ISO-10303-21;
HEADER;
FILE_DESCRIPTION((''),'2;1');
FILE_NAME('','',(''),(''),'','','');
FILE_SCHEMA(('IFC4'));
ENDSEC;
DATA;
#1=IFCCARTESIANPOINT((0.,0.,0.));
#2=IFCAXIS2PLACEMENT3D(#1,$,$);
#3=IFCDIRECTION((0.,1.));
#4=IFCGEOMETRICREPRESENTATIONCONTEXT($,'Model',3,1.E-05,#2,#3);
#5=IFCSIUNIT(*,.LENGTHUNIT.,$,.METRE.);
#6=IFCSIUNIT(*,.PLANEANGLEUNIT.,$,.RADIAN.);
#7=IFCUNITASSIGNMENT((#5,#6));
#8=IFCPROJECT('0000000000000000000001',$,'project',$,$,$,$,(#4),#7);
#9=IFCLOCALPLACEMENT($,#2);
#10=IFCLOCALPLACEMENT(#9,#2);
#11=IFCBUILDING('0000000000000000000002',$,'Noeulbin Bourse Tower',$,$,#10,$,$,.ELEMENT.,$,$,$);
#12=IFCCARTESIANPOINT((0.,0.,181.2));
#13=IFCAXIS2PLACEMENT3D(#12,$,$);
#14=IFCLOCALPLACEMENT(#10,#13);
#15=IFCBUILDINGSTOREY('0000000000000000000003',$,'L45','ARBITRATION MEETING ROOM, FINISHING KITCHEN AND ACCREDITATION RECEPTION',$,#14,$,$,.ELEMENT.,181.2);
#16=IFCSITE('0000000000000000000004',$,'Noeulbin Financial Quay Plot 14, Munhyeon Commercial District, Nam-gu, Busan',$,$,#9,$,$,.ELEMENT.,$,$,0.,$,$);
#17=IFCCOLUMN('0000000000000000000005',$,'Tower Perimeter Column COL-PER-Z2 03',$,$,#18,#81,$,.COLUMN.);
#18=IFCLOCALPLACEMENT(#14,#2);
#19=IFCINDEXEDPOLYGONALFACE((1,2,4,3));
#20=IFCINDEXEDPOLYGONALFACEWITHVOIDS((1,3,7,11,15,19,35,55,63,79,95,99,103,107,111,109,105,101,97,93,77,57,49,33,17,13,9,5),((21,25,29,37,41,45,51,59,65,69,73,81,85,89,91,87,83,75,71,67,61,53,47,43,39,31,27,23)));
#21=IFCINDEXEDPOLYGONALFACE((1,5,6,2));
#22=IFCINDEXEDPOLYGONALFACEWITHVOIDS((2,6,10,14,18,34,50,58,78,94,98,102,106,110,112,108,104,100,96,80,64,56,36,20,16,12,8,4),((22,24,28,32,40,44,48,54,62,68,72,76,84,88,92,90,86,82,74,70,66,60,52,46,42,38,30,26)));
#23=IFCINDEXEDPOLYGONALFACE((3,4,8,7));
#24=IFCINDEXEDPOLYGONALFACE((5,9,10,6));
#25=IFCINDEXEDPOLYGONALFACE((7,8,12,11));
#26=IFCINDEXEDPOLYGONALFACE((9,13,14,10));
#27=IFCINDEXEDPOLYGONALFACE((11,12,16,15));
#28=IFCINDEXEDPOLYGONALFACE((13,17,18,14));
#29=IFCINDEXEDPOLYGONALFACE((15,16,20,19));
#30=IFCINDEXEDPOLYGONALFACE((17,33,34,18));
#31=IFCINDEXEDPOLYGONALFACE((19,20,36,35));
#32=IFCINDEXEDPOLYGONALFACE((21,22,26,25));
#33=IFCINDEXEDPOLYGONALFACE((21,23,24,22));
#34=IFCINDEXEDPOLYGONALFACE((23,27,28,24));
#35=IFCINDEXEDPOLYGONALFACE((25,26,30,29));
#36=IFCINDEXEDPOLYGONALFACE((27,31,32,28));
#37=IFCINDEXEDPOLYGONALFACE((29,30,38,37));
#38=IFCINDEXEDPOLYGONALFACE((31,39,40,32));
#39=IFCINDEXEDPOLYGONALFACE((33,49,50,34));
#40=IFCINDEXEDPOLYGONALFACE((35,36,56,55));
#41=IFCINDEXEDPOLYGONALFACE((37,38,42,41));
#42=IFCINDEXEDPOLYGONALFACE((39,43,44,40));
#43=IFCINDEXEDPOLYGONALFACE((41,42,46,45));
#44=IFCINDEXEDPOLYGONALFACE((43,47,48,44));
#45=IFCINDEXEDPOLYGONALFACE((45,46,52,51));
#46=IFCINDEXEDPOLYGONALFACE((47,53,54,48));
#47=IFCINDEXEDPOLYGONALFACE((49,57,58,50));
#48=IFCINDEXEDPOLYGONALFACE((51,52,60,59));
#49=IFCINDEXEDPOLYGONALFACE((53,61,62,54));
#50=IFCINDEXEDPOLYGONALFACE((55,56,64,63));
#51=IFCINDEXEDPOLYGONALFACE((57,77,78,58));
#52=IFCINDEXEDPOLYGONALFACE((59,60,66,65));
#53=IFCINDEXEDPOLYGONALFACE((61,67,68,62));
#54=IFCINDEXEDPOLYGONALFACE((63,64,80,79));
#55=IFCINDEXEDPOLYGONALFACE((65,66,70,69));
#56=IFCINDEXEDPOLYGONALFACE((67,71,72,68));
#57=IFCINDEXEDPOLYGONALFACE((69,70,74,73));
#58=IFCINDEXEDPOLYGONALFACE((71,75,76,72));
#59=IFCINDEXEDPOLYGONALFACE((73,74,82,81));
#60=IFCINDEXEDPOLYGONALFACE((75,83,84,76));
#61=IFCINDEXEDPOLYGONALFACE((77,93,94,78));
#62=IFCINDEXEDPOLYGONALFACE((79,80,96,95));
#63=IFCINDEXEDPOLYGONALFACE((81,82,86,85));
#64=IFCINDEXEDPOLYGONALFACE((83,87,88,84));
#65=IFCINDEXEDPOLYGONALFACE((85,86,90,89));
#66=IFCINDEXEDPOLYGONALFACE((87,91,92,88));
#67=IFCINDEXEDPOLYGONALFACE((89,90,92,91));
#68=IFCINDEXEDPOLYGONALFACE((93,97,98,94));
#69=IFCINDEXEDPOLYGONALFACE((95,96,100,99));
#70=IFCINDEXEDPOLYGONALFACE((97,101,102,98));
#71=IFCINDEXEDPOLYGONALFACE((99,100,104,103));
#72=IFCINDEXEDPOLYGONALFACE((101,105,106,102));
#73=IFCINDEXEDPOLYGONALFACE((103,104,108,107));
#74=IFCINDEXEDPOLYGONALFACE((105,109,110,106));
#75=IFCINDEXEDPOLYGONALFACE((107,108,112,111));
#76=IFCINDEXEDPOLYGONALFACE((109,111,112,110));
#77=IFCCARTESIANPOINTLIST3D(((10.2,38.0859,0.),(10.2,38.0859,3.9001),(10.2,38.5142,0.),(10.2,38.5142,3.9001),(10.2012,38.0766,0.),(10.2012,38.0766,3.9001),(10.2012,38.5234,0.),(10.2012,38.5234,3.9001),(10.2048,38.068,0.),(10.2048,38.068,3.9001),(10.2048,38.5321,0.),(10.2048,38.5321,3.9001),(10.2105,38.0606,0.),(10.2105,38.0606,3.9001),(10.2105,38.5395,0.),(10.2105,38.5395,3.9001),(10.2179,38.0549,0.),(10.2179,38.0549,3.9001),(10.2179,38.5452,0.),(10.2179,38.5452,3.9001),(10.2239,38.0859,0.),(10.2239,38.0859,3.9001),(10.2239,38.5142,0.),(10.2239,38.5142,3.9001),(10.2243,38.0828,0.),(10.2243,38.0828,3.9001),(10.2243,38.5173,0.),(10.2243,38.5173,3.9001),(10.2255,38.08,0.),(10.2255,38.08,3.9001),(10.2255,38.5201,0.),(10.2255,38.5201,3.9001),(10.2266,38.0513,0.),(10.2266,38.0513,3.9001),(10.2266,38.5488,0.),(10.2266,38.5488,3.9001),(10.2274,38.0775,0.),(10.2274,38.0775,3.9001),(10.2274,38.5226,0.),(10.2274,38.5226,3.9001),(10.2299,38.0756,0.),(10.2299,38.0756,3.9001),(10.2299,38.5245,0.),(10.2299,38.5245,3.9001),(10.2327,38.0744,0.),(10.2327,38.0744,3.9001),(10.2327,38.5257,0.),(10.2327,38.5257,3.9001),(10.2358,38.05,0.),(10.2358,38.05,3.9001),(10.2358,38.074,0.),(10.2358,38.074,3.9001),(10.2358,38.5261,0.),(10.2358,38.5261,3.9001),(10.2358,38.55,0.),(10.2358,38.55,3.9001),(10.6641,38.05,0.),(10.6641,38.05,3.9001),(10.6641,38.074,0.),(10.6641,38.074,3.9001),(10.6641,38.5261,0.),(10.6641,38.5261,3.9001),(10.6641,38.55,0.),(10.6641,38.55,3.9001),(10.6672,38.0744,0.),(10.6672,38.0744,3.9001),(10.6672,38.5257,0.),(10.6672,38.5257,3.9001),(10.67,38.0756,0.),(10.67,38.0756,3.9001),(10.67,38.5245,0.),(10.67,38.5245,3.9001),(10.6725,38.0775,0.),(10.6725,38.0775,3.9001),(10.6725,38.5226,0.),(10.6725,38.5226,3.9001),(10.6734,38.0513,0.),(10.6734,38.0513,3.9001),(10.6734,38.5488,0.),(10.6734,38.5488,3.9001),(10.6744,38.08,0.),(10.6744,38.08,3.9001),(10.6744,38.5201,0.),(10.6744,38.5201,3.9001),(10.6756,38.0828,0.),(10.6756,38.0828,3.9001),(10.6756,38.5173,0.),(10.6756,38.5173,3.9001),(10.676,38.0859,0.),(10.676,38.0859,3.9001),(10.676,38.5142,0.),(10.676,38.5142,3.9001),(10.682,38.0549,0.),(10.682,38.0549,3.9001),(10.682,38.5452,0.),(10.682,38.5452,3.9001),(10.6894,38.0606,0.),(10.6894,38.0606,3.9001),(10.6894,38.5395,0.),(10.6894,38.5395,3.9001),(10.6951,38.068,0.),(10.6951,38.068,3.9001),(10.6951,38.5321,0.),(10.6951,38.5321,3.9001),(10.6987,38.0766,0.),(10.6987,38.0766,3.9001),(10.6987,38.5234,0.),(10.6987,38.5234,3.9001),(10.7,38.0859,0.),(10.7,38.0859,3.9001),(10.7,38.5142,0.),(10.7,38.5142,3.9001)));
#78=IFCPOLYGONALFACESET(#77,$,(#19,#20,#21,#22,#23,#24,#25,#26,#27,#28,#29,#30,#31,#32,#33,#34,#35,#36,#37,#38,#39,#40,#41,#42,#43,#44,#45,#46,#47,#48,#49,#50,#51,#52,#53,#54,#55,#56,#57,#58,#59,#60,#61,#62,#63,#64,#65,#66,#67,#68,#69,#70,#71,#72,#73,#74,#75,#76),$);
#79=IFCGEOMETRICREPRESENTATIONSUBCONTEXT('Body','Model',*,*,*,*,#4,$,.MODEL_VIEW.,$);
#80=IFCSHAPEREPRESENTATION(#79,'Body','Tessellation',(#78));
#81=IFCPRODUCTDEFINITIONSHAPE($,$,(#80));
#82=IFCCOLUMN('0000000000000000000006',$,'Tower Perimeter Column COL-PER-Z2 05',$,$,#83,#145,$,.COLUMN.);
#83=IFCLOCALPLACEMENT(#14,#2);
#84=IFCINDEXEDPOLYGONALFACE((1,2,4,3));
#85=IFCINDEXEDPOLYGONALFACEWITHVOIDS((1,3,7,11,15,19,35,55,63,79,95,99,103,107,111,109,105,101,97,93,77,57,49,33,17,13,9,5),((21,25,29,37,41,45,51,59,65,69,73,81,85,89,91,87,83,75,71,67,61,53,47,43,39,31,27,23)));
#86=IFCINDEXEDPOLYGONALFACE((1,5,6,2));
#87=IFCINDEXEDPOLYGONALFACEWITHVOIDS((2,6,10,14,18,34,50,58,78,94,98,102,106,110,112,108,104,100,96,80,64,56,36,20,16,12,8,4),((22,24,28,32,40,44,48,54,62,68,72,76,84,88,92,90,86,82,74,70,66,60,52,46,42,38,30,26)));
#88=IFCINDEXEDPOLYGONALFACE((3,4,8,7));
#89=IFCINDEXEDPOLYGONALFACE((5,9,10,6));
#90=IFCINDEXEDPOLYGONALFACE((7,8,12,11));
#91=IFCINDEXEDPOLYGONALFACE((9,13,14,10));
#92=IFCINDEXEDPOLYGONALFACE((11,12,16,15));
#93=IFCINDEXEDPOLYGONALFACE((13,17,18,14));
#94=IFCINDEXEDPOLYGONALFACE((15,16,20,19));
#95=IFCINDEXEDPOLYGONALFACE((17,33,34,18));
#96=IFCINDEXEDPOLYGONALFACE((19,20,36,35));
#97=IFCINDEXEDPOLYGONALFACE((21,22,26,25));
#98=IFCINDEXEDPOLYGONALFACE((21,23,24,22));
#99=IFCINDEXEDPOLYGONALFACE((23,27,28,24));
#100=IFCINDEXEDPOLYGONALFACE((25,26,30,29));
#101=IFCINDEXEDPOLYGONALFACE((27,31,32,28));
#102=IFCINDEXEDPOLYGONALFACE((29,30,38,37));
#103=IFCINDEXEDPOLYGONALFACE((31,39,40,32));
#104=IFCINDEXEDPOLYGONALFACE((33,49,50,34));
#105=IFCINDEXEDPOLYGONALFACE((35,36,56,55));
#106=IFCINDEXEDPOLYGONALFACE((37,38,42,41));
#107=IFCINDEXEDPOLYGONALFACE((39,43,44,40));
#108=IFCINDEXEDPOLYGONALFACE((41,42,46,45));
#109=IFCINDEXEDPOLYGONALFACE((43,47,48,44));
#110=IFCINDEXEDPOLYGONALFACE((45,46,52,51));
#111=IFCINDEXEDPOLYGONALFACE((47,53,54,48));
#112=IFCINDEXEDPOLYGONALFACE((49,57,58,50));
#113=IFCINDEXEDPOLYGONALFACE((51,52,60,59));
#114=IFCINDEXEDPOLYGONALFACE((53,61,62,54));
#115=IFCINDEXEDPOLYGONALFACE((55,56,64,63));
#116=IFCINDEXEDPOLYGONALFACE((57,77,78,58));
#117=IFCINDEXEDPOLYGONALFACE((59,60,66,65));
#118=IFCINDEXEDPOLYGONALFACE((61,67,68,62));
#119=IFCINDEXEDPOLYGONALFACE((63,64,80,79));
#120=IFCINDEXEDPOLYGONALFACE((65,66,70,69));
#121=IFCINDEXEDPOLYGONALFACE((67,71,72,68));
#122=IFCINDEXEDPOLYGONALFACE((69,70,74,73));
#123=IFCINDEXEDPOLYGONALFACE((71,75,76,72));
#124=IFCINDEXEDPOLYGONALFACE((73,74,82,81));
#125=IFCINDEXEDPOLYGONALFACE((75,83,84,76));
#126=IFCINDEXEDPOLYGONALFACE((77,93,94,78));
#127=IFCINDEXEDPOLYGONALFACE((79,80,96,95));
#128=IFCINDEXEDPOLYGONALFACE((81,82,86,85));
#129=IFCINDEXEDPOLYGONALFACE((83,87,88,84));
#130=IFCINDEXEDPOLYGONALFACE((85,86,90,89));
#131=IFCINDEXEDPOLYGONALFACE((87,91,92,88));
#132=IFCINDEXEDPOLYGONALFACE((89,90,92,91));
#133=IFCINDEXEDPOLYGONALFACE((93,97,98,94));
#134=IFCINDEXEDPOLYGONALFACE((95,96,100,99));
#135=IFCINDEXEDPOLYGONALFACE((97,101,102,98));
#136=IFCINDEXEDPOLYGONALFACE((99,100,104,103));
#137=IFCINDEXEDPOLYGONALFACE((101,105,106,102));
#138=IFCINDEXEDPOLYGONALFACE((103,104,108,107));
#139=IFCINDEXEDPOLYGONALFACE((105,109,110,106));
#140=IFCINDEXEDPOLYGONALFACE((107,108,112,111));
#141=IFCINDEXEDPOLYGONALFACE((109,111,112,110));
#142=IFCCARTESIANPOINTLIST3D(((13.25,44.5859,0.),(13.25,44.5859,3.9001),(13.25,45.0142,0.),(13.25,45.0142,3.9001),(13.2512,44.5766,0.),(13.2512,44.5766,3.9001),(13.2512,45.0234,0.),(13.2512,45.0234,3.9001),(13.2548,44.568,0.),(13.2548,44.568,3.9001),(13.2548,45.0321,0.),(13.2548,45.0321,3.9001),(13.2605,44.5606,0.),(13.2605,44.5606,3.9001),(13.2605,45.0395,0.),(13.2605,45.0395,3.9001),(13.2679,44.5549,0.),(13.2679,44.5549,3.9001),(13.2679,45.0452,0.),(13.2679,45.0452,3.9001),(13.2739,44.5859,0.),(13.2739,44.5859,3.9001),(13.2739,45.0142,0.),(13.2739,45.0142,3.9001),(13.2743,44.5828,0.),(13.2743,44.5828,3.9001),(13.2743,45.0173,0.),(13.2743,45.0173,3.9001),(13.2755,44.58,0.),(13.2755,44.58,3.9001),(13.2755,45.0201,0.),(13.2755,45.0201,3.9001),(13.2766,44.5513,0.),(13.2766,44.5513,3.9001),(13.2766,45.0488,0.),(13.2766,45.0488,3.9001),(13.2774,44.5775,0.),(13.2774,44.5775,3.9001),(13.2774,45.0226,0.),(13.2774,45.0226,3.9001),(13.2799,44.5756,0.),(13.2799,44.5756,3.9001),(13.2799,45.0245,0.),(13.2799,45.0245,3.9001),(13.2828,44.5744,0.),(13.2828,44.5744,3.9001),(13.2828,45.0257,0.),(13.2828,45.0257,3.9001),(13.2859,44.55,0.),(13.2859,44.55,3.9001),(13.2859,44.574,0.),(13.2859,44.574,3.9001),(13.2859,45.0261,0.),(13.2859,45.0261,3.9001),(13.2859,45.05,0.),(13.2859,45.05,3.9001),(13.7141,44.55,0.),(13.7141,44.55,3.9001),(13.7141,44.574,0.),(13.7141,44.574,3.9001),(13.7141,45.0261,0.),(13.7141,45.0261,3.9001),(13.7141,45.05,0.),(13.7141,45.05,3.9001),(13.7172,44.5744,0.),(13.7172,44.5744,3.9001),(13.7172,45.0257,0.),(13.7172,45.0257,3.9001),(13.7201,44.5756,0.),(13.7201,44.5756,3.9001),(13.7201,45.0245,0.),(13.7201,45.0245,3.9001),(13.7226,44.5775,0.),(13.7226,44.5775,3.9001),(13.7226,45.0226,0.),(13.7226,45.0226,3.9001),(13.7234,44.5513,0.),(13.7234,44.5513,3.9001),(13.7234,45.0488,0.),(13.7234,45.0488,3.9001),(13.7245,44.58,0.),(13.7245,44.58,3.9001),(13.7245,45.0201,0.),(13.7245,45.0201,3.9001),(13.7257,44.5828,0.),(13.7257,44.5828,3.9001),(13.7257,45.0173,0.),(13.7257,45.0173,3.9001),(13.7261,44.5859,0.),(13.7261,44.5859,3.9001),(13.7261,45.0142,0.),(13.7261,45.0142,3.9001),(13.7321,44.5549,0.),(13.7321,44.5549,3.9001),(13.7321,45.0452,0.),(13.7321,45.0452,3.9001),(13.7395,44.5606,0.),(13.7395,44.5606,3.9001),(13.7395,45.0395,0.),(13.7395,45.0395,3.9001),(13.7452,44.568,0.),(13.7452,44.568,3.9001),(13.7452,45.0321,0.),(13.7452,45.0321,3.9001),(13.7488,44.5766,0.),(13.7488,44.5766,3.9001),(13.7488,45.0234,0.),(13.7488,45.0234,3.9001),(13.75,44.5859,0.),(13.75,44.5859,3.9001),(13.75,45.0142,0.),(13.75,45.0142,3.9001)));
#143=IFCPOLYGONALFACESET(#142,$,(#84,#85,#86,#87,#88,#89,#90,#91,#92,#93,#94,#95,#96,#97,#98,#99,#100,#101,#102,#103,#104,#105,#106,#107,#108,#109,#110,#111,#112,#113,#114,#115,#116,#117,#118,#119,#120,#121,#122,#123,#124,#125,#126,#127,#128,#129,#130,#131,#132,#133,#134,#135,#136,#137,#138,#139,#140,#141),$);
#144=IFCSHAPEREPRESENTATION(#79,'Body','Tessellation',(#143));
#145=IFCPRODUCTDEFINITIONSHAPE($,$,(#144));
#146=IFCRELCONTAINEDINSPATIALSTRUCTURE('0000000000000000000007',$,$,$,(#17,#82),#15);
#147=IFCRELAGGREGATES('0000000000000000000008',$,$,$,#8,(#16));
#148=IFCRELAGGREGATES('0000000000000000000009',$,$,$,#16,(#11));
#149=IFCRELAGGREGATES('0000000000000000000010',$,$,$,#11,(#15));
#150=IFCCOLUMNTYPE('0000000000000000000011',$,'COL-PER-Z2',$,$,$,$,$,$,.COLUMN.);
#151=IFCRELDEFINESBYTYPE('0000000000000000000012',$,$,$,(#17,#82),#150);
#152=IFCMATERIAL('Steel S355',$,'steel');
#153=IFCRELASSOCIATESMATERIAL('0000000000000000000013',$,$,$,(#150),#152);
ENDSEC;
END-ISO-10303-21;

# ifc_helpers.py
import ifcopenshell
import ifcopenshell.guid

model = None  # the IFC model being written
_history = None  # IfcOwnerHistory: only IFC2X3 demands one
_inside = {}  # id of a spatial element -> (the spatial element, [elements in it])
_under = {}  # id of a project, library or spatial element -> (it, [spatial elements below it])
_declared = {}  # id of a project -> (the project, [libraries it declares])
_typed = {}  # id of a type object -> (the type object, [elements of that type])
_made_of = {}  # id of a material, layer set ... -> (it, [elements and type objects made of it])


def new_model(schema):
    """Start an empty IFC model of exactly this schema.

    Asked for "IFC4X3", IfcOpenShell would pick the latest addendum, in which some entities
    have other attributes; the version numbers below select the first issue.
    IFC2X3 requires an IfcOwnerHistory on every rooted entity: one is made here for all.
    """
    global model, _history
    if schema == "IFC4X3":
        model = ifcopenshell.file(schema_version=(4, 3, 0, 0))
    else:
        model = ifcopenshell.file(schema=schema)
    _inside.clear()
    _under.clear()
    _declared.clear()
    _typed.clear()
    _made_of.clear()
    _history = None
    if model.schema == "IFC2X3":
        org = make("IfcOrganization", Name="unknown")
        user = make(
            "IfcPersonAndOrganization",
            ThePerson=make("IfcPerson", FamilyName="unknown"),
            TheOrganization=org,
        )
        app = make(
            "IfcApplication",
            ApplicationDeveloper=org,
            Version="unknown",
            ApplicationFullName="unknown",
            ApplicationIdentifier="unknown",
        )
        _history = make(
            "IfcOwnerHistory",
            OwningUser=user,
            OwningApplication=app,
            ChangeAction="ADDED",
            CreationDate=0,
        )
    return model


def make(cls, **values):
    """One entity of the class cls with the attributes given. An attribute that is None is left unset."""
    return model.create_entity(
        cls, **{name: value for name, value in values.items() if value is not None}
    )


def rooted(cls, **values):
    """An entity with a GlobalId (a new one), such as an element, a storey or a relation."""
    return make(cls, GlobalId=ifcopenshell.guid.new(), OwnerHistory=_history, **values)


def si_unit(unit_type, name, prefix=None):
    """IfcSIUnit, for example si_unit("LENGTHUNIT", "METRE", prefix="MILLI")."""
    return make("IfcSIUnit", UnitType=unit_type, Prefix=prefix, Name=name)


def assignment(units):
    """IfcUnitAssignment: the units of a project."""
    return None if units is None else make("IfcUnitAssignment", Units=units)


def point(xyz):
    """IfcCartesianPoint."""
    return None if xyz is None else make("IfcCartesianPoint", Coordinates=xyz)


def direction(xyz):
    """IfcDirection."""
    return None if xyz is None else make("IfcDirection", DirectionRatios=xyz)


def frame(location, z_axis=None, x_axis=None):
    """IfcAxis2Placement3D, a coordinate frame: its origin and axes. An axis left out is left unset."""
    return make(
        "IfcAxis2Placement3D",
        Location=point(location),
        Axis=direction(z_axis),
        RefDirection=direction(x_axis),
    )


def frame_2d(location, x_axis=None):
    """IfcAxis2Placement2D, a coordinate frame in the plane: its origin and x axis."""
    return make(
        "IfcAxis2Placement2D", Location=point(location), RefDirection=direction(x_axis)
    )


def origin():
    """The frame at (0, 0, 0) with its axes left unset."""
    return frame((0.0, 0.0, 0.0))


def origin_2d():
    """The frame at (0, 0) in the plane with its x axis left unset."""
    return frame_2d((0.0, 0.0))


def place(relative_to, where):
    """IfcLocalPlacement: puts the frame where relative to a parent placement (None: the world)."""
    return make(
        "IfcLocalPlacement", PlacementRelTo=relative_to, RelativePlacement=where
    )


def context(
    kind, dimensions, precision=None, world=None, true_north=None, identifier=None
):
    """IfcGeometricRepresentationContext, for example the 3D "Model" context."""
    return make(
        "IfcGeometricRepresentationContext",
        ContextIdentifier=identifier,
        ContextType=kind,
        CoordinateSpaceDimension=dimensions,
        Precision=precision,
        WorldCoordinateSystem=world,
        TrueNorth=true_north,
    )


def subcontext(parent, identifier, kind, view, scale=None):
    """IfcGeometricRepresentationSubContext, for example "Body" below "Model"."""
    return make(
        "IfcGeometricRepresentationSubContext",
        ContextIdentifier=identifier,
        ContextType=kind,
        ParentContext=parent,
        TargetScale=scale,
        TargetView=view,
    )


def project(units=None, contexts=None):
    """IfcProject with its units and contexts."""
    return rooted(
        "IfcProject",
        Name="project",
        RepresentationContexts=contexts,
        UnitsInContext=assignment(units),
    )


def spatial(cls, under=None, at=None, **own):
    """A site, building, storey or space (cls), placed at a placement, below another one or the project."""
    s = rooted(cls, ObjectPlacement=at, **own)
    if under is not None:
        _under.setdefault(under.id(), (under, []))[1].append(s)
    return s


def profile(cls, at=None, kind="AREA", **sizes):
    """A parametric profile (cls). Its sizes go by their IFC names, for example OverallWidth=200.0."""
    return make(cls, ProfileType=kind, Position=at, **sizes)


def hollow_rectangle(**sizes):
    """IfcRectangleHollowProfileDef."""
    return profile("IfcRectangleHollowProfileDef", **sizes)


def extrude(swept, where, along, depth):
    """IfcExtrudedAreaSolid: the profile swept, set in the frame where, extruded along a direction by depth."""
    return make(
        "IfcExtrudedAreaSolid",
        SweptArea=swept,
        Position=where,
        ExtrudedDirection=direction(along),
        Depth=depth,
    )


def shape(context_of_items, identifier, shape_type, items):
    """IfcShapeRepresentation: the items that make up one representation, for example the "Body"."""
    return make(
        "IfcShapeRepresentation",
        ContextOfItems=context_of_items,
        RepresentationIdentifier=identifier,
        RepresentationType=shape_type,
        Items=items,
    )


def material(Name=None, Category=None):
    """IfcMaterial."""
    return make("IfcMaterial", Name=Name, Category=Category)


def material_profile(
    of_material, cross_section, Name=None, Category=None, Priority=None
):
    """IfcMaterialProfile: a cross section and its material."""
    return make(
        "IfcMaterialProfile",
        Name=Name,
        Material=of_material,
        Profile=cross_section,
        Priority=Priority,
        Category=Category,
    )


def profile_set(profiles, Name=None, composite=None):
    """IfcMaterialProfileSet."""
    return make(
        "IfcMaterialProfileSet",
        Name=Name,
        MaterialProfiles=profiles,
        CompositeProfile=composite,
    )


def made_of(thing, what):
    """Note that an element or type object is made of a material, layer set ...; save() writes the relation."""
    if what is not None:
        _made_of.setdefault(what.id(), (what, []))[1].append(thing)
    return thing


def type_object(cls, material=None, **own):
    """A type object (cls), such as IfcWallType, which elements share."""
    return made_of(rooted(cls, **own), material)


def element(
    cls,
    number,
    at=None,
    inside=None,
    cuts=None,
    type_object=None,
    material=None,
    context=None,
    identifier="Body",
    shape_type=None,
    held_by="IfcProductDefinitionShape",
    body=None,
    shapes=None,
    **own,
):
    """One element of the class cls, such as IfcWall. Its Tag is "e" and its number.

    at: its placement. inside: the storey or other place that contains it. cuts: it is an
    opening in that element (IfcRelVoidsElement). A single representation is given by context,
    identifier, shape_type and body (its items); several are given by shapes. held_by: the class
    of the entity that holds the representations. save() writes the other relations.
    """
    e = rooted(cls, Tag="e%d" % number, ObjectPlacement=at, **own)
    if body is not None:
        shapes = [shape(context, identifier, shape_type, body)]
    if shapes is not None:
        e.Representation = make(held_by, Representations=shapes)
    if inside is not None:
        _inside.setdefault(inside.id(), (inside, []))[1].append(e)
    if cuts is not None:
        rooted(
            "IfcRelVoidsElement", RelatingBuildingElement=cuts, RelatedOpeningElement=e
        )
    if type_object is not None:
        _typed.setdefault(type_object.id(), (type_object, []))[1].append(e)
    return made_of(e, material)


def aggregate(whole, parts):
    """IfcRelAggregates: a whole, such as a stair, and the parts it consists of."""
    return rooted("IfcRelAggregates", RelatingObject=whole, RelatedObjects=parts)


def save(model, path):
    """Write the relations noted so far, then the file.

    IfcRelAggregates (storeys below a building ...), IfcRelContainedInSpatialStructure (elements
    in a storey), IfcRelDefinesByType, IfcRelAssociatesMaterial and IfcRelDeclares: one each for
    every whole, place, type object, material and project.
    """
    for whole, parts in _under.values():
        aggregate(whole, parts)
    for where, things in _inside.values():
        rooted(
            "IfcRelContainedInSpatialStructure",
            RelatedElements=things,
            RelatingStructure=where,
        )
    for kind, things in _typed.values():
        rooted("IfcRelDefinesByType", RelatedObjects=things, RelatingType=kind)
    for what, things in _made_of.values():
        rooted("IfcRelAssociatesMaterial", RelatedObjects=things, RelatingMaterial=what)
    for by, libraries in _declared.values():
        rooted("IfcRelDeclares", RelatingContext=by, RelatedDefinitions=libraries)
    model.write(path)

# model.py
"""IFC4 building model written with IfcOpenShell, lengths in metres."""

from ifc_helpers import new_model, si_unit, direction, frame, origin, origin_2d, place, context, subcontext, project, spatial, hollow_rectangle, extrude, material, material_profile, profile_set, type_object, element, save


model = new_model("IFC4")

# Units and contexts
model_context = context("Model", 3, precision=1e-05, world=origin(), true_north=direction((0.0, 1.0)))
body_context = subcontext(model_context, "Body", "Model", "MODEL_VIEW")
ifc_project = project(units=[si_unit("LENGTHUNIT", "METRE"), si_unit("PLANEANGLEUNIT", "RADIAN")], contexts=[model_context])

# Site, building, storey
site_placement = place(None, origin())
site = spatial("IfcSite", under=ifc_project, at=site_placement, Name="Noeulbin Financial Quay Plot 14, Munhyeon Commercial District, Nam-gu, Busan", CompositionType="ELEMENT", RefElevation=0.0)
building_placement = place(site_placement, origin())
building = spatial("IfcBuilding", under=site, at=building_placement, Name="Noeulbin Bourse Tower", CompositionType="ELEMENT")
storey_placement = place(building_placement, frame((0.0, 0.0, 181.2)))
storey = spatial("IfcBuildingStorey", under=building, at=storey_placement, Name="L45", Description="ARBITRATION MEETING ROOM, FINISHING KITCHEN AND ACCREDITATION RECEPTION", CompositionType="ELEMENT", Elevation=181.2)

# Columns
ifc_material_1 = material(Name="Steel S355", Category="steel")
ifc_material_profile_1 = material_profile(ifc_material_1, hollow_rectangle(XDim=0.5, YDim=0.5, WallThickness=0.0239, InnerFilletRadius=0.012, OuterFilletRadius=0.0359, at=origin_2d()), Name="BOX-500x500x24", Category="LoadBearing")
ifc_profile_set_1 = profile_set([ifc_material_profile_1], Name="Steel S355")
column_type_1 = type_object("IfcColumnType", Name="COL-PER-Z2", PredefinedType="COLUMN", material=ifc_profile_set_1)
for number, where, z_axis, x_axis, name in (
    (1, (10.45, 38.3, 0.0), (0.0, 0.0, 1.0), (1.0, 0.0, 0.0), "Tower Perimeter Column COL-PER-Z2 03"),
    (2, (13.5, 44.8, 0.0), (0.0, 0.0, 1.0), (1.0, 0.0, 0.0), "Tower Perimeter Column COL-PER-Z2 05"),
):
    element("IfcColumn", number, at=place(storey_placement, frame(where, z_axis=z_axis, x_axis=x_axis)), inside=storey, type_object=column_type_1, Name=name, PredefinedType="COLUMN", context=body_context, shape_type="SweptSolid", body=[
        extrude(hollow_rectangle(XDim=0.5, YDim=0.5, WallThickness=0.0239, InnerFilletRadius=0.012, OuterFilletRadius=0.0359, at=origin_2d()), origin(), (0.0, 0.0, 1.0), 3.9001),
    ])

save(model, "model.ifc")
